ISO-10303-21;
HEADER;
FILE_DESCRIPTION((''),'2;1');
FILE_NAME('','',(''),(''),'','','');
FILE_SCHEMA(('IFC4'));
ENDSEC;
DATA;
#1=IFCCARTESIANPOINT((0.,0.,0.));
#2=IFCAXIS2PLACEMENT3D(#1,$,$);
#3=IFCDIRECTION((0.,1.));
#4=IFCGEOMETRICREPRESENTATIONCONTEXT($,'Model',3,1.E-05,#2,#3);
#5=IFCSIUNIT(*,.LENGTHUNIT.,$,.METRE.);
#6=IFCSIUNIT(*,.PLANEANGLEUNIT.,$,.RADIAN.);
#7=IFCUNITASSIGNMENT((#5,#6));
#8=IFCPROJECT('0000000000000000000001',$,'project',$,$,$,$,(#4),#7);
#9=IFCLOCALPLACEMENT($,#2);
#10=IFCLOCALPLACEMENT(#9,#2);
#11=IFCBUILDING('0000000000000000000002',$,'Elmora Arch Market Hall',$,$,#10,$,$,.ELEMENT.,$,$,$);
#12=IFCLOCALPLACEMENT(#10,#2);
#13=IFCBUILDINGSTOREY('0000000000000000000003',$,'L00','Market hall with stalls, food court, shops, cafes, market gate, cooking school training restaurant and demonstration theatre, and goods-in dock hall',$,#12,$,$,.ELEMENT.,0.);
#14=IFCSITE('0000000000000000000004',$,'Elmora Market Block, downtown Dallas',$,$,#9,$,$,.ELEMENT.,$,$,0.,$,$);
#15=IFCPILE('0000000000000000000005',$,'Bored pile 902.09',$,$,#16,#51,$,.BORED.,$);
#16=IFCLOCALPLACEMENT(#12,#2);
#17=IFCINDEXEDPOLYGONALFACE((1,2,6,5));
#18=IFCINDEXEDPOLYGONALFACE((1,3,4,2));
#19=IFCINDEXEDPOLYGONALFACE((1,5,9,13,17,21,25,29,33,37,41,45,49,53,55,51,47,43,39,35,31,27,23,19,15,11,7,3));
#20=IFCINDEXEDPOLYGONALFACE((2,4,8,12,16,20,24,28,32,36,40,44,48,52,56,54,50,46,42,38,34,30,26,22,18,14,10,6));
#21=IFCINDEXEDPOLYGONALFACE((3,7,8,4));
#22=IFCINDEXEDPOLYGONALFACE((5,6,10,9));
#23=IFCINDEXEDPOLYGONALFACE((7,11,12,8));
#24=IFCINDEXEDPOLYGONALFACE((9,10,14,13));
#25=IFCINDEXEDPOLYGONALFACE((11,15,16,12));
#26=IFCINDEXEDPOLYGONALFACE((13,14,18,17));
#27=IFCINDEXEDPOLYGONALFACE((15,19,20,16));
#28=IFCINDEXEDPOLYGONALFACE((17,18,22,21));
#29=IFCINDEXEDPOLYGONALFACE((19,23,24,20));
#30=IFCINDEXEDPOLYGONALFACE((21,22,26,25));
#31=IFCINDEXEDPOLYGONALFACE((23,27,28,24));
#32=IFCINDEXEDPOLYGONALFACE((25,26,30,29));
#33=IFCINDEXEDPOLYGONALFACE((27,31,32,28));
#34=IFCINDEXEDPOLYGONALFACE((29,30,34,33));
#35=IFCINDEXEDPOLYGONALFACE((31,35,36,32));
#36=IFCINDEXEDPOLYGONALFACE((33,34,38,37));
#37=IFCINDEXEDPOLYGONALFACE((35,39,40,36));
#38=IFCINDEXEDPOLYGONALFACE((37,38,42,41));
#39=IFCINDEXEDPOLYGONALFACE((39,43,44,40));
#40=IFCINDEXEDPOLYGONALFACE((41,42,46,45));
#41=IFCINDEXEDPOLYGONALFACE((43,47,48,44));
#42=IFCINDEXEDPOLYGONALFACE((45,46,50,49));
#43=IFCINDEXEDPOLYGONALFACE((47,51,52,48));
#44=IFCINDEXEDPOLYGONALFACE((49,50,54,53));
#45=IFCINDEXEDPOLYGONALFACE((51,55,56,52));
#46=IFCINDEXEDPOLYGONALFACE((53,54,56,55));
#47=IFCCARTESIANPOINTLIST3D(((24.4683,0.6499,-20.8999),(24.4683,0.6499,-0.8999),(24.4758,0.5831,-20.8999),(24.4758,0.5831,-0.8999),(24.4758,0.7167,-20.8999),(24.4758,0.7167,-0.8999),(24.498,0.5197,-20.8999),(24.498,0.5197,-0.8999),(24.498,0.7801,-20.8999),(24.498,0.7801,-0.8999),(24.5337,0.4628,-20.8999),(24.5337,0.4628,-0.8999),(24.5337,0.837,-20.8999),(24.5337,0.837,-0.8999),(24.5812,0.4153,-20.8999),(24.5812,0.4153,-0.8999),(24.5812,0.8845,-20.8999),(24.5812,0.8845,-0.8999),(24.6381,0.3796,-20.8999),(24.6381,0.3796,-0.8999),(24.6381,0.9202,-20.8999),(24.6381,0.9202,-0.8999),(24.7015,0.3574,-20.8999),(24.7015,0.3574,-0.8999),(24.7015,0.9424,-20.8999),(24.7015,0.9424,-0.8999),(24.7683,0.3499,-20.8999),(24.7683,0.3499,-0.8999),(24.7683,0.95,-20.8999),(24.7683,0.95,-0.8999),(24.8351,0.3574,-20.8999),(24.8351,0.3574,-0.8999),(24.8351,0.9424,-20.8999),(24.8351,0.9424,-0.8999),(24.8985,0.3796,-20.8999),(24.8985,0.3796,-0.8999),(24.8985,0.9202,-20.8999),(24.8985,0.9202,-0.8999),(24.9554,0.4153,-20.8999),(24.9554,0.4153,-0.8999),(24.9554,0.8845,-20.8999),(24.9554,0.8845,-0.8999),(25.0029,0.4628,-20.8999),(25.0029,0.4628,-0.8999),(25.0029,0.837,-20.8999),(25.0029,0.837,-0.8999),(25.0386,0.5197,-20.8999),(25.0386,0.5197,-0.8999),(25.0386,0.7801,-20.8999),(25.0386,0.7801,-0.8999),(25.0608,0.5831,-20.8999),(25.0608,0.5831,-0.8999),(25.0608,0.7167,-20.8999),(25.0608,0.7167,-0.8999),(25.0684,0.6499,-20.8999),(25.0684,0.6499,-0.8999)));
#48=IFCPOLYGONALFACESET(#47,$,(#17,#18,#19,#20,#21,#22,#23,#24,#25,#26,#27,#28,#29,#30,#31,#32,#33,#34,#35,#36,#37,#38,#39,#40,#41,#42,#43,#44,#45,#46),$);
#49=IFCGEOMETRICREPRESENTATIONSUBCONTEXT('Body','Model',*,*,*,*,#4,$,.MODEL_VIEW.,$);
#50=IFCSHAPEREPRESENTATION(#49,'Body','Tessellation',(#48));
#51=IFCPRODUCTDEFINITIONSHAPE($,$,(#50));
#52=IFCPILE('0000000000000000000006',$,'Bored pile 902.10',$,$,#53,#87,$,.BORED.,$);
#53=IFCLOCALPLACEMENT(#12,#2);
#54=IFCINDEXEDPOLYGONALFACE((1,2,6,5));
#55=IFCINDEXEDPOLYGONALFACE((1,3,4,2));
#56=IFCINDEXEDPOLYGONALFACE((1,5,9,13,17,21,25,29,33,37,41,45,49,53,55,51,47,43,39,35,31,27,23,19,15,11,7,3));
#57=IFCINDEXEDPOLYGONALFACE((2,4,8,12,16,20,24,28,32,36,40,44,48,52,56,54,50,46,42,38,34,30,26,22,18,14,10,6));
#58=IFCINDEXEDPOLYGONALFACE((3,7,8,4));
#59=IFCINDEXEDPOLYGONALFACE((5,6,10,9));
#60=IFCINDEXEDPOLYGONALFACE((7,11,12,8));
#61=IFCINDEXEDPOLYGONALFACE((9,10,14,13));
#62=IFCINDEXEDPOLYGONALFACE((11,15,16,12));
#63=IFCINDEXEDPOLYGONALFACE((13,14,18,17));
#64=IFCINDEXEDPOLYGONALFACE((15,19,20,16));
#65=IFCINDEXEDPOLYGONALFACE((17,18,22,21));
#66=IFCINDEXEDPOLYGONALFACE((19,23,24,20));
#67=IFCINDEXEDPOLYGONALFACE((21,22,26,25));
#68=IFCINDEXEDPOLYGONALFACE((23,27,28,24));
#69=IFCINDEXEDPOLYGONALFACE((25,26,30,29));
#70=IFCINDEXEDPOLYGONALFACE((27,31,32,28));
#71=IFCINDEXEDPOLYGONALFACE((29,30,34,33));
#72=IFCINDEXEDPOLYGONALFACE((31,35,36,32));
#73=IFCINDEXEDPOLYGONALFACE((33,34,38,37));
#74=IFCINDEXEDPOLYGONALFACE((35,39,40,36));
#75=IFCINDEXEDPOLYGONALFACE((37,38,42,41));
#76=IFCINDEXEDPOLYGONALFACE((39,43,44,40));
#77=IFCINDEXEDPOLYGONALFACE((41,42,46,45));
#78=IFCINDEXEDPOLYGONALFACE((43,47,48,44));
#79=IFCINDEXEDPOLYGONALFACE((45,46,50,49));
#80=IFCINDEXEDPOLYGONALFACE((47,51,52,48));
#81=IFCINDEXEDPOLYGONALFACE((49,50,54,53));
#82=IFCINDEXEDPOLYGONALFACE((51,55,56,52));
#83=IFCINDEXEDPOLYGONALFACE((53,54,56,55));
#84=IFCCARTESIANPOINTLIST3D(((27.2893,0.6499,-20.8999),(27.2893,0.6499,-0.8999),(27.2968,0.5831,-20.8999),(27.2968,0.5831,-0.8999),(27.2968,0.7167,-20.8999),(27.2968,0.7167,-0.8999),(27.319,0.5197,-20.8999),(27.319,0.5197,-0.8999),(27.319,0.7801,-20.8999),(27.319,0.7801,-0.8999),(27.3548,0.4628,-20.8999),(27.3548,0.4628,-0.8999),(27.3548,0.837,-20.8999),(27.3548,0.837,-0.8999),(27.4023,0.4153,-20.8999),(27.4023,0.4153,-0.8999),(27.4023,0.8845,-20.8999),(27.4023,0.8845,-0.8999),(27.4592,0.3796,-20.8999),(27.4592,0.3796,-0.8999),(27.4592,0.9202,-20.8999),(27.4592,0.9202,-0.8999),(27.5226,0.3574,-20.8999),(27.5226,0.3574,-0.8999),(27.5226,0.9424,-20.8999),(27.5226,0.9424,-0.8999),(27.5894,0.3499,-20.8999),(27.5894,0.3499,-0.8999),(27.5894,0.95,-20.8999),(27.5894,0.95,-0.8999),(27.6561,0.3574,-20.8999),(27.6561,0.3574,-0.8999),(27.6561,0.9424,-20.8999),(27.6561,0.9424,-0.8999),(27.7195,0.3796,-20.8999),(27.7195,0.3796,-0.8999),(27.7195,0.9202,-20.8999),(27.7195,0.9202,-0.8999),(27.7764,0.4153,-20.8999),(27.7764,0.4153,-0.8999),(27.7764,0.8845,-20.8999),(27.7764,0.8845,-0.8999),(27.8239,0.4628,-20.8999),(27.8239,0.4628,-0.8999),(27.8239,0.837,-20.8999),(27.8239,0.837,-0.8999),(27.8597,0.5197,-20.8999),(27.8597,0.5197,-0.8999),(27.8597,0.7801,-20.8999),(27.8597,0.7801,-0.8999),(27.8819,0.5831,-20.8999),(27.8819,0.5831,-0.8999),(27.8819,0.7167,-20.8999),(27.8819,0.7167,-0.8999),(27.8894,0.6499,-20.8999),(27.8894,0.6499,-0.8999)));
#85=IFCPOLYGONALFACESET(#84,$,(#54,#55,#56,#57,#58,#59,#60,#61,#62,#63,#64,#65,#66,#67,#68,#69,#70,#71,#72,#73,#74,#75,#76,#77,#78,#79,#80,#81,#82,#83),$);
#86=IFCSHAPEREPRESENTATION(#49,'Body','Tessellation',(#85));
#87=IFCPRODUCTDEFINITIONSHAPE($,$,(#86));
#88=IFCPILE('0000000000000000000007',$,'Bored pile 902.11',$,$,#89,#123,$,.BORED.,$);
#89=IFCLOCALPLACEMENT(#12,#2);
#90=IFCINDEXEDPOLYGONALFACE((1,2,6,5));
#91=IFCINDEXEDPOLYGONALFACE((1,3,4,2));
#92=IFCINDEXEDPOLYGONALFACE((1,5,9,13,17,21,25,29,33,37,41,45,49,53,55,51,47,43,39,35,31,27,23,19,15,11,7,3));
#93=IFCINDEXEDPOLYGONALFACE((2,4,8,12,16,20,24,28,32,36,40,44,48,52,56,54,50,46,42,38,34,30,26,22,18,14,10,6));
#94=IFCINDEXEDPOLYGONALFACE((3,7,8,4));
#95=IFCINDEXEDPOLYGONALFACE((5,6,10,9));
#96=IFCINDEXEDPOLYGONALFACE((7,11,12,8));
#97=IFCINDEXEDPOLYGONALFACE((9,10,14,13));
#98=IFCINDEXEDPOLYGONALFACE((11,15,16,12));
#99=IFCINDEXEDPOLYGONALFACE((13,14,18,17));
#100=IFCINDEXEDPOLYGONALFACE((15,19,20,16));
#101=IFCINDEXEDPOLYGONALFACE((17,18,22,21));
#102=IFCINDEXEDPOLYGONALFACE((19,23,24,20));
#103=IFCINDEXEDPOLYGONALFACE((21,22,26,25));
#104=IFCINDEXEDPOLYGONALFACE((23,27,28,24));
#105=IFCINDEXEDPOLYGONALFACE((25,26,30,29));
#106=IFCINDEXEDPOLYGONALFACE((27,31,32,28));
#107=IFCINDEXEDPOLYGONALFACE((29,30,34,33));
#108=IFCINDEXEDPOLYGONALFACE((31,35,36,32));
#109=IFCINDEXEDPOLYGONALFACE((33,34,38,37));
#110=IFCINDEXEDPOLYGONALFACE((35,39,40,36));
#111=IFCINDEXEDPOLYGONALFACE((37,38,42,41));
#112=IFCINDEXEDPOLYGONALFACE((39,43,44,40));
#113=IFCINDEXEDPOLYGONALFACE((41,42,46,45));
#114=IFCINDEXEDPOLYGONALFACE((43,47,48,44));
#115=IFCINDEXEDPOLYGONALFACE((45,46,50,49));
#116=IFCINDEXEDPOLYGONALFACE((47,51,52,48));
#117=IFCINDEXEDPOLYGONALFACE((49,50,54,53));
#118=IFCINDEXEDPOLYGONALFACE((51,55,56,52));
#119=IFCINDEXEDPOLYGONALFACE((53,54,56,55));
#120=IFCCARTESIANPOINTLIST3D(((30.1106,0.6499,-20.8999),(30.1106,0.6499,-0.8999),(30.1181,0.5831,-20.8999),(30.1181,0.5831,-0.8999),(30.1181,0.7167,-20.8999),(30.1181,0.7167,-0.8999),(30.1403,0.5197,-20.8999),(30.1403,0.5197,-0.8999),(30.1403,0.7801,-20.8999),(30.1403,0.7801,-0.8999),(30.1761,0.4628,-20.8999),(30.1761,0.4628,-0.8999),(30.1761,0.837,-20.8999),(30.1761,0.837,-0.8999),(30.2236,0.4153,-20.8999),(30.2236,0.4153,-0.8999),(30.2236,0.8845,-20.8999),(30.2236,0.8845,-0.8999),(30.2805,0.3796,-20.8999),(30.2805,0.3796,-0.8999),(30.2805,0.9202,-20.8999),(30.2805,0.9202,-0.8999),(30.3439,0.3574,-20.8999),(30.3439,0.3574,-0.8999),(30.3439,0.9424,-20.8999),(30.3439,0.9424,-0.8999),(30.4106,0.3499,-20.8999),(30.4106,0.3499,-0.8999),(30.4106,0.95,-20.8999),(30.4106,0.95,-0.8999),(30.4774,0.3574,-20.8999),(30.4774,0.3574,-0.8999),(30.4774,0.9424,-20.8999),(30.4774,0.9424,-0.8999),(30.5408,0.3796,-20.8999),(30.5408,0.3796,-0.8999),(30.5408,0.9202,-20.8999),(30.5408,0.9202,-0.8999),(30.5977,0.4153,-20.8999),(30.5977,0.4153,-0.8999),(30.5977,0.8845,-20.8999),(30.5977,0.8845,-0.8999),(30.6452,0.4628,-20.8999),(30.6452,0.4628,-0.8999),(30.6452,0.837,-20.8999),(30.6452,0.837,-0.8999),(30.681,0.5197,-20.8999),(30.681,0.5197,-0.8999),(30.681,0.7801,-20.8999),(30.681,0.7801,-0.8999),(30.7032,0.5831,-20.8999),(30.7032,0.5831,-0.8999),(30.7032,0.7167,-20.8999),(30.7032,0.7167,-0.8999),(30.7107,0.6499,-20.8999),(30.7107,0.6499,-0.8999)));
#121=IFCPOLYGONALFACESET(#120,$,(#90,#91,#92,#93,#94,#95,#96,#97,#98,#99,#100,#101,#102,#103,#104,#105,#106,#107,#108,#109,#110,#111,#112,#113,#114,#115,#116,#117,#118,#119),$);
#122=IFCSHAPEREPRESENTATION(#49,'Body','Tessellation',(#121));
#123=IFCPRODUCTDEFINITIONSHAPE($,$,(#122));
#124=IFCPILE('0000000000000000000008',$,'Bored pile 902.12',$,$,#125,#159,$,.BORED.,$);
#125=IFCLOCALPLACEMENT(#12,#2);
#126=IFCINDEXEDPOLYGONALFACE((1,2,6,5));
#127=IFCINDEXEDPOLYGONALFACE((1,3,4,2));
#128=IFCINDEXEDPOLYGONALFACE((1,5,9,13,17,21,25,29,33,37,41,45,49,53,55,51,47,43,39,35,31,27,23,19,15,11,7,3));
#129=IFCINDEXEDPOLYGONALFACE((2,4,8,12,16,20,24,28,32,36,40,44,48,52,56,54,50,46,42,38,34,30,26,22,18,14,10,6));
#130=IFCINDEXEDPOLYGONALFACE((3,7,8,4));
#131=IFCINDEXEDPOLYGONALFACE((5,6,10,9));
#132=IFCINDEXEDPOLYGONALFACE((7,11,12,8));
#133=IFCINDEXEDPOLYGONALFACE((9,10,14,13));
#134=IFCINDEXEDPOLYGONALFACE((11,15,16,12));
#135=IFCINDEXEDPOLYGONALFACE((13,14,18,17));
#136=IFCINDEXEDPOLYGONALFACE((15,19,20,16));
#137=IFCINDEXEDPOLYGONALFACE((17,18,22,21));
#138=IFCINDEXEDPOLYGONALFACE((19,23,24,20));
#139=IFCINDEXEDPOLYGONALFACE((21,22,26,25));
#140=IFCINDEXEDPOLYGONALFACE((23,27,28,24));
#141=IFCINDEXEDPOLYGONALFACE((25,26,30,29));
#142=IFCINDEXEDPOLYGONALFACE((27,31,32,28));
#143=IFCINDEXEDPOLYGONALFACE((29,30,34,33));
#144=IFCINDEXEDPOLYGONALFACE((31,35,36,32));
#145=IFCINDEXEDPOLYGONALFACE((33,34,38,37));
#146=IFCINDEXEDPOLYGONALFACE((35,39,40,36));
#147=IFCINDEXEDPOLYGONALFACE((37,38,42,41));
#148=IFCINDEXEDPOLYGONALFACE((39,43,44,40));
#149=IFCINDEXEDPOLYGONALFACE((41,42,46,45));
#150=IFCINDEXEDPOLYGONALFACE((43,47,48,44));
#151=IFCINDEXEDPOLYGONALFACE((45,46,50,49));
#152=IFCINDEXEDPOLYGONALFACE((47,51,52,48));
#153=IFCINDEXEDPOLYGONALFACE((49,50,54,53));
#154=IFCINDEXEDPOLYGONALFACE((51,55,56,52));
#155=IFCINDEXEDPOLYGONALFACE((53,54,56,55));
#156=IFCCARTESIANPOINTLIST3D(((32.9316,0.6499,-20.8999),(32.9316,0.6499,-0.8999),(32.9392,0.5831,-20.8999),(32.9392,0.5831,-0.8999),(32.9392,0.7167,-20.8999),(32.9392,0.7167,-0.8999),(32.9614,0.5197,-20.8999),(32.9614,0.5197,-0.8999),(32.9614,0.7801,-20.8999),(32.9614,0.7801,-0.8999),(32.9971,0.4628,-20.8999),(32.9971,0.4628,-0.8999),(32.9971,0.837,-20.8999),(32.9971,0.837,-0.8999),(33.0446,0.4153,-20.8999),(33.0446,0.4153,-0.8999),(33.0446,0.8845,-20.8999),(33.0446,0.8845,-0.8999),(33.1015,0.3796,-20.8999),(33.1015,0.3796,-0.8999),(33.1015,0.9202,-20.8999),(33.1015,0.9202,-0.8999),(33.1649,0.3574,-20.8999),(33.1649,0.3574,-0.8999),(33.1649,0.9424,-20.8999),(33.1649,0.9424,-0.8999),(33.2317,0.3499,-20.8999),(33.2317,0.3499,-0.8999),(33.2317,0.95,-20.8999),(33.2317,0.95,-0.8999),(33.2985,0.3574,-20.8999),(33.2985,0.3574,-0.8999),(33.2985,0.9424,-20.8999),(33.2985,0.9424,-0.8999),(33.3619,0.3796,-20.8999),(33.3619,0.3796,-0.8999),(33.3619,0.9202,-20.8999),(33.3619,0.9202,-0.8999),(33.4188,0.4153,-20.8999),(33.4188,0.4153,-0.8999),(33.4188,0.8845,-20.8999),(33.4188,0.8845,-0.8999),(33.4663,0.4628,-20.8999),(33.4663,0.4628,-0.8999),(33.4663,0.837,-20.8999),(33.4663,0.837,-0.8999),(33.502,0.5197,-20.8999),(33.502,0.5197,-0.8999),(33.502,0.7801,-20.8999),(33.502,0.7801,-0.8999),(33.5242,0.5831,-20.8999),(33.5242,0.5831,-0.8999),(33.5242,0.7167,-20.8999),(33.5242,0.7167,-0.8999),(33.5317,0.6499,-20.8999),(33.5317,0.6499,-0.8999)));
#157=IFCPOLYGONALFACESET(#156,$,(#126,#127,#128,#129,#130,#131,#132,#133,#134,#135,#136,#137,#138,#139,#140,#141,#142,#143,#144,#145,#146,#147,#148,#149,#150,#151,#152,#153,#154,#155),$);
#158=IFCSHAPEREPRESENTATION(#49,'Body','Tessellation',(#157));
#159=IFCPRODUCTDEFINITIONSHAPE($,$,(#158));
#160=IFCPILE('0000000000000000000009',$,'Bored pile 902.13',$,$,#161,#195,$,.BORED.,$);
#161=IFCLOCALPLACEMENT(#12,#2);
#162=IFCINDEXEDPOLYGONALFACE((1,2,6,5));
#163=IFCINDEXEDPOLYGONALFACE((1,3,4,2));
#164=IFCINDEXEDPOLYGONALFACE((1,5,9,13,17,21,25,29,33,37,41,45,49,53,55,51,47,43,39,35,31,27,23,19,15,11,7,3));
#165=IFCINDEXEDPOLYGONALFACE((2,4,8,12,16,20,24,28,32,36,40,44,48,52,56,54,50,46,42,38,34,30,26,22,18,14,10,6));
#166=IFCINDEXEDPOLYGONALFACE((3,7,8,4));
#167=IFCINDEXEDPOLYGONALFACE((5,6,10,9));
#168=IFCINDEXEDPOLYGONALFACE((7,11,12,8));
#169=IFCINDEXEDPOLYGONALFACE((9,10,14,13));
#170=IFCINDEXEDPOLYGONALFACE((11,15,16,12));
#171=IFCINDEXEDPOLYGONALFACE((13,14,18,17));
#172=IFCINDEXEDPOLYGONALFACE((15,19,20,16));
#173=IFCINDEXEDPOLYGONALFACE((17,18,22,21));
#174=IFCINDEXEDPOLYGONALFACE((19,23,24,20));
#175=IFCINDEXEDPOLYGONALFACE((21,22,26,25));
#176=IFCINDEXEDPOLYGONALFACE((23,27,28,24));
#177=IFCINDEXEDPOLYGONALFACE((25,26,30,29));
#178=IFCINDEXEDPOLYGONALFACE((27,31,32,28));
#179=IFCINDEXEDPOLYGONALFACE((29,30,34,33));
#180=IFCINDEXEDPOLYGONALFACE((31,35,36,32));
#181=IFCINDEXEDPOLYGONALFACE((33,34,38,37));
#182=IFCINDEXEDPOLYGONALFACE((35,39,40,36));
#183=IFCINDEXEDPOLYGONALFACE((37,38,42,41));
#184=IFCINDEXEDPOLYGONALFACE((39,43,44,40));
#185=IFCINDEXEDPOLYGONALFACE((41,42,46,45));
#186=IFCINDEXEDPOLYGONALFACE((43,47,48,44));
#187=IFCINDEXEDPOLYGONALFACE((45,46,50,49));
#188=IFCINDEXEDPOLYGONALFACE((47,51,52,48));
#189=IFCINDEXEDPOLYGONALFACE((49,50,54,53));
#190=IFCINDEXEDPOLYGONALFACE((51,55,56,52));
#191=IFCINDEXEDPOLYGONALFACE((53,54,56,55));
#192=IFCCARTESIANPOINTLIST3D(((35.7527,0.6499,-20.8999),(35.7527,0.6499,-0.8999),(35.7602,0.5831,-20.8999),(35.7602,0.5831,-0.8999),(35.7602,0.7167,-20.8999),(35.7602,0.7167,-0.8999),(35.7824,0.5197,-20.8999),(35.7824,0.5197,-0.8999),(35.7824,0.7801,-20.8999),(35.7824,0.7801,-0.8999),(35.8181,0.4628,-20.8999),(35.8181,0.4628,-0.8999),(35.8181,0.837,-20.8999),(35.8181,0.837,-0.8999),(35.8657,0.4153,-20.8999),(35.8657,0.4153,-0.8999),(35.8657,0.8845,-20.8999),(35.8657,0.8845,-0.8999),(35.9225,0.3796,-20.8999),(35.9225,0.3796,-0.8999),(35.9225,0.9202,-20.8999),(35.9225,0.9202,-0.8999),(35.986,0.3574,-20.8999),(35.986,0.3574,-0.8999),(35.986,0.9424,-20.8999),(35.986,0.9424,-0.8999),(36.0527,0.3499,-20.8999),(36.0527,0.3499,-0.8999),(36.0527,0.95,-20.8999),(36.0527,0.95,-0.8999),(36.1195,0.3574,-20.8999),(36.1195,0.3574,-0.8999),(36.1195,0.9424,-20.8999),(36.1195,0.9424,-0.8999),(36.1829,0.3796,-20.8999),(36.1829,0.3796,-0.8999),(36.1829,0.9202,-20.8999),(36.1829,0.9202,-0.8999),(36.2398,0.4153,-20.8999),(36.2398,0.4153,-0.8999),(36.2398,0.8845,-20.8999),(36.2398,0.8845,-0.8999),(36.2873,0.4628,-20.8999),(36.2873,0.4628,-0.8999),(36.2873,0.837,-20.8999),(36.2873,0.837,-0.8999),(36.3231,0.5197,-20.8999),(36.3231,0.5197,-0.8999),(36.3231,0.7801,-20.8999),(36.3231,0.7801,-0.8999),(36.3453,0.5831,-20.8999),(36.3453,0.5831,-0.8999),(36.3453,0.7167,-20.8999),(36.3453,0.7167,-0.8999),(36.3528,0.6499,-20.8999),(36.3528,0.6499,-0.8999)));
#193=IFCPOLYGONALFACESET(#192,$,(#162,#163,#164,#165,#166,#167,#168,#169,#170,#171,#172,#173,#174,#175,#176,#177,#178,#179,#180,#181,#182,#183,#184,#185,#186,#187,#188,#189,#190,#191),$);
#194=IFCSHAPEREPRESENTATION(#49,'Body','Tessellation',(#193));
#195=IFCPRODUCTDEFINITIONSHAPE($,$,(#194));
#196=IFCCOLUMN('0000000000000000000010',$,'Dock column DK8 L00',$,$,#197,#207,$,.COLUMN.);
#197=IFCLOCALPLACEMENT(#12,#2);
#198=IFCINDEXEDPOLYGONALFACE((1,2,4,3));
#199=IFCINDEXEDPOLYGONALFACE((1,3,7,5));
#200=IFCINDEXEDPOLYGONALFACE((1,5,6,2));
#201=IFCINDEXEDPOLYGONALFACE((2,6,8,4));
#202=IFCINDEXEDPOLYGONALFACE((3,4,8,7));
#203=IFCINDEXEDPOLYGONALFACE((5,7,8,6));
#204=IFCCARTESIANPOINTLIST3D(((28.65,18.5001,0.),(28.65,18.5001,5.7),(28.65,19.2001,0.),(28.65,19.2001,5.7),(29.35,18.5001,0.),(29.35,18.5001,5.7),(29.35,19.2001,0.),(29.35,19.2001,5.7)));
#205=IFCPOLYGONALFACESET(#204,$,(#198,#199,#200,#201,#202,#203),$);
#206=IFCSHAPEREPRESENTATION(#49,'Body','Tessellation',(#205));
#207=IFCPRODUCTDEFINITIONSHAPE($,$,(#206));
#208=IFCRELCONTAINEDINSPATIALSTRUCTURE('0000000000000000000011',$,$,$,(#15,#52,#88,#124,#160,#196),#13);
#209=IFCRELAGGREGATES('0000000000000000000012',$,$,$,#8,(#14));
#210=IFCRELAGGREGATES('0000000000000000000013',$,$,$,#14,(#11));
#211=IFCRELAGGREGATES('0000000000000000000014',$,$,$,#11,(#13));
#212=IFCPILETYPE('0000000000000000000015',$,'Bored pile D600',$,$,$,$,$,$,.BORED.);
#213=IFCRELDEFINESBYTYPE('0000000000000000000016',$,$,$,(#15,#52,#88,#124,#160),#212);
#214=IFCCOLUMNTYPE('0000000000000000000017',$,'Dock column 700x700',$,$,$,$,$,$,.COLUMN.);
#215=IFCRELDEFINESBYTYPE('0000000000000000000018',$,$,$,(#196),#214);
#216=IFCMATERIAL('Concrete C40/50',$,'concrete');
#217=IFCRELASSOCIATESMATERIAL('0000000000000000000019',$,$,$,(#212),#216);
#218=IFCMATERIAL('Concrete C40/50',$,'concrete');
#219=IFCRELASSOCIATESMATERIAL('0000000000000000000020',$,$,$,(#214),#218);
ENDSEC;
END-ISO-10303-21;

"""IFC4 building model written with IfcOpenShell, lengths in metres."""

from ifc_helpers import new_model, si_unit, direction, frame, origin, origin_2d, place, context, subcontext, project, spatial, rectangle, circle, extrude, material, material_profile, profile_set, type_object, element, save


model = new_model("IFC4")

# Units and contexts
model_context = context("Model", 3, precision=1e-05, world=origin(), true_north=direction((0.0, 1.0)))
body_context = subcontext(model_context, "Body", "Model", "MODEL_VIEW")
ifc_project = project(units=[si_unit("LENGTHUNIT", "METRE"), si_unit("PLANEANGLEUNIT", "RADIAN")], contexts=[model_context])

# Site, building, storey
site_placement = place(None, origin())
site = spatial("IfcSite", under=ifc_project, at=site_placement, Name="Elmora Market Block, downtown Dallas", CompositionType="ELEMENT", RefElevation=0.0)
building_placement = place(site_placement, origin())
building = spatial("IfcBuilding", under=site, at=building_placement, Name="Elmora Arch Market Hall", CompositionType="ELEMENT")
storey_placement = place(building_placement, origin())
storey = spatial("IfcBuildingStorey", under=building, at=storey_placement, Name="L00", Description="Market hall with stalls, food court, shops, cafes, market gate, cooking school training restaurant and demonstration theatre, and goods-in dock hall", CompositionType="ELEMENT", Elevation=0.0)

# Piles
ifc_material_1 = material(Name="Concrete C40/50", Category="concrete")
ifc_material_profile_1 = material_profile(ifc_material_1, circle(Radius=0.3, at=origin_2d()), Name="Bored pile D600")
ifc_profile_set_1 = profile_set([ifc_material_profile_1], Name="Concrete C40/50")
pile_type = type_object("IfcPileType", Name="Bored pile D600", PredefinedType="BORED", material=ifc_profile_set_1)
for number, where, z_axis, x_axis, name in (
    (1, (24.7683, 0.6499, -0.8999), (0.0, 0.0, -1.0), (1.0, 0.0, 0.0), "Bored pile 902.09"),
    (2, (27.5894, 0.6499, -0.8999), (0.0, 0.0, -1.0), (1.0, 0.0, 0.0), "Bored pile 902.10"),
    (3, (30.4106, 0.6499, -0.8999), (0.0, 0.0, -1.0), (1.0, 0.0, 0.0), "Bored pile 902.11"),
    (4, (33.2317, 0.6499, -0.8999), (0.0, 0.0, -1.0), (1.0, 0.0, 0.0), "Bored pile 902.12"),
    (5, (36.0527, 0.6499, -0.8999), (0.0, 0.0, -1.0), (1.0, 0.0, 0.0), "Bored pile 902.13"),
):
    element("IfcPile", number, at=place(storey_placement, frame(where, z_axis=z_axis, x_axis=x_axis)), inside=storey, type_object=pile_type, Name=name, PredefinedType="BORED", context=body_context, shape_type="SweptSolid", body=[
        extrude(circle(Radius=0.3, at=origin_2d()), origin(), (0.0, 0.0, 1.0), 20.0),
    ])

# Column
ifc_material_2 = material(Name="Concrete C40/50", Category="concrete")
ifc_material_profile_2 = material_profile(ifc_material_2, rectangle(XDim=0.7, YDim=0.7, at=origin_2d()), Name="Dock column 700x700")
ifc_profile_set_2 = profile_set([ifc_material_profile_2], Name="Concrete C40/50")
column_type_1 = type_object("IfcColumnType", Name="Dock column 700x700", PredefinedType="COLUMN", material=ifc_profile_set_2)
for number, where, z_axis, x_axis, name in (
    (6, (29.0, 18.8501, 0.0), (0.0, 0.0, 1.0), (1.0, 0.0, 0.0), "Dock column DK8 L00"),
):
    element("IfcColumn", number, at=place(storey_placement, frame(where, z_axis=z_axis, x_axis=x_axis)), inside=storey, type_object=column_type_1, Name=name, PredefinedType="COLUMN", context=body_context, shape_type="SweptSolid", body=[
        extrude(rectangle(XDim=0.7, YDim=0.7, at=origin_2d()), origin(), (0.0, 0.0, 1.0), 5.7),
    ])

save(model, "model.ifc")
